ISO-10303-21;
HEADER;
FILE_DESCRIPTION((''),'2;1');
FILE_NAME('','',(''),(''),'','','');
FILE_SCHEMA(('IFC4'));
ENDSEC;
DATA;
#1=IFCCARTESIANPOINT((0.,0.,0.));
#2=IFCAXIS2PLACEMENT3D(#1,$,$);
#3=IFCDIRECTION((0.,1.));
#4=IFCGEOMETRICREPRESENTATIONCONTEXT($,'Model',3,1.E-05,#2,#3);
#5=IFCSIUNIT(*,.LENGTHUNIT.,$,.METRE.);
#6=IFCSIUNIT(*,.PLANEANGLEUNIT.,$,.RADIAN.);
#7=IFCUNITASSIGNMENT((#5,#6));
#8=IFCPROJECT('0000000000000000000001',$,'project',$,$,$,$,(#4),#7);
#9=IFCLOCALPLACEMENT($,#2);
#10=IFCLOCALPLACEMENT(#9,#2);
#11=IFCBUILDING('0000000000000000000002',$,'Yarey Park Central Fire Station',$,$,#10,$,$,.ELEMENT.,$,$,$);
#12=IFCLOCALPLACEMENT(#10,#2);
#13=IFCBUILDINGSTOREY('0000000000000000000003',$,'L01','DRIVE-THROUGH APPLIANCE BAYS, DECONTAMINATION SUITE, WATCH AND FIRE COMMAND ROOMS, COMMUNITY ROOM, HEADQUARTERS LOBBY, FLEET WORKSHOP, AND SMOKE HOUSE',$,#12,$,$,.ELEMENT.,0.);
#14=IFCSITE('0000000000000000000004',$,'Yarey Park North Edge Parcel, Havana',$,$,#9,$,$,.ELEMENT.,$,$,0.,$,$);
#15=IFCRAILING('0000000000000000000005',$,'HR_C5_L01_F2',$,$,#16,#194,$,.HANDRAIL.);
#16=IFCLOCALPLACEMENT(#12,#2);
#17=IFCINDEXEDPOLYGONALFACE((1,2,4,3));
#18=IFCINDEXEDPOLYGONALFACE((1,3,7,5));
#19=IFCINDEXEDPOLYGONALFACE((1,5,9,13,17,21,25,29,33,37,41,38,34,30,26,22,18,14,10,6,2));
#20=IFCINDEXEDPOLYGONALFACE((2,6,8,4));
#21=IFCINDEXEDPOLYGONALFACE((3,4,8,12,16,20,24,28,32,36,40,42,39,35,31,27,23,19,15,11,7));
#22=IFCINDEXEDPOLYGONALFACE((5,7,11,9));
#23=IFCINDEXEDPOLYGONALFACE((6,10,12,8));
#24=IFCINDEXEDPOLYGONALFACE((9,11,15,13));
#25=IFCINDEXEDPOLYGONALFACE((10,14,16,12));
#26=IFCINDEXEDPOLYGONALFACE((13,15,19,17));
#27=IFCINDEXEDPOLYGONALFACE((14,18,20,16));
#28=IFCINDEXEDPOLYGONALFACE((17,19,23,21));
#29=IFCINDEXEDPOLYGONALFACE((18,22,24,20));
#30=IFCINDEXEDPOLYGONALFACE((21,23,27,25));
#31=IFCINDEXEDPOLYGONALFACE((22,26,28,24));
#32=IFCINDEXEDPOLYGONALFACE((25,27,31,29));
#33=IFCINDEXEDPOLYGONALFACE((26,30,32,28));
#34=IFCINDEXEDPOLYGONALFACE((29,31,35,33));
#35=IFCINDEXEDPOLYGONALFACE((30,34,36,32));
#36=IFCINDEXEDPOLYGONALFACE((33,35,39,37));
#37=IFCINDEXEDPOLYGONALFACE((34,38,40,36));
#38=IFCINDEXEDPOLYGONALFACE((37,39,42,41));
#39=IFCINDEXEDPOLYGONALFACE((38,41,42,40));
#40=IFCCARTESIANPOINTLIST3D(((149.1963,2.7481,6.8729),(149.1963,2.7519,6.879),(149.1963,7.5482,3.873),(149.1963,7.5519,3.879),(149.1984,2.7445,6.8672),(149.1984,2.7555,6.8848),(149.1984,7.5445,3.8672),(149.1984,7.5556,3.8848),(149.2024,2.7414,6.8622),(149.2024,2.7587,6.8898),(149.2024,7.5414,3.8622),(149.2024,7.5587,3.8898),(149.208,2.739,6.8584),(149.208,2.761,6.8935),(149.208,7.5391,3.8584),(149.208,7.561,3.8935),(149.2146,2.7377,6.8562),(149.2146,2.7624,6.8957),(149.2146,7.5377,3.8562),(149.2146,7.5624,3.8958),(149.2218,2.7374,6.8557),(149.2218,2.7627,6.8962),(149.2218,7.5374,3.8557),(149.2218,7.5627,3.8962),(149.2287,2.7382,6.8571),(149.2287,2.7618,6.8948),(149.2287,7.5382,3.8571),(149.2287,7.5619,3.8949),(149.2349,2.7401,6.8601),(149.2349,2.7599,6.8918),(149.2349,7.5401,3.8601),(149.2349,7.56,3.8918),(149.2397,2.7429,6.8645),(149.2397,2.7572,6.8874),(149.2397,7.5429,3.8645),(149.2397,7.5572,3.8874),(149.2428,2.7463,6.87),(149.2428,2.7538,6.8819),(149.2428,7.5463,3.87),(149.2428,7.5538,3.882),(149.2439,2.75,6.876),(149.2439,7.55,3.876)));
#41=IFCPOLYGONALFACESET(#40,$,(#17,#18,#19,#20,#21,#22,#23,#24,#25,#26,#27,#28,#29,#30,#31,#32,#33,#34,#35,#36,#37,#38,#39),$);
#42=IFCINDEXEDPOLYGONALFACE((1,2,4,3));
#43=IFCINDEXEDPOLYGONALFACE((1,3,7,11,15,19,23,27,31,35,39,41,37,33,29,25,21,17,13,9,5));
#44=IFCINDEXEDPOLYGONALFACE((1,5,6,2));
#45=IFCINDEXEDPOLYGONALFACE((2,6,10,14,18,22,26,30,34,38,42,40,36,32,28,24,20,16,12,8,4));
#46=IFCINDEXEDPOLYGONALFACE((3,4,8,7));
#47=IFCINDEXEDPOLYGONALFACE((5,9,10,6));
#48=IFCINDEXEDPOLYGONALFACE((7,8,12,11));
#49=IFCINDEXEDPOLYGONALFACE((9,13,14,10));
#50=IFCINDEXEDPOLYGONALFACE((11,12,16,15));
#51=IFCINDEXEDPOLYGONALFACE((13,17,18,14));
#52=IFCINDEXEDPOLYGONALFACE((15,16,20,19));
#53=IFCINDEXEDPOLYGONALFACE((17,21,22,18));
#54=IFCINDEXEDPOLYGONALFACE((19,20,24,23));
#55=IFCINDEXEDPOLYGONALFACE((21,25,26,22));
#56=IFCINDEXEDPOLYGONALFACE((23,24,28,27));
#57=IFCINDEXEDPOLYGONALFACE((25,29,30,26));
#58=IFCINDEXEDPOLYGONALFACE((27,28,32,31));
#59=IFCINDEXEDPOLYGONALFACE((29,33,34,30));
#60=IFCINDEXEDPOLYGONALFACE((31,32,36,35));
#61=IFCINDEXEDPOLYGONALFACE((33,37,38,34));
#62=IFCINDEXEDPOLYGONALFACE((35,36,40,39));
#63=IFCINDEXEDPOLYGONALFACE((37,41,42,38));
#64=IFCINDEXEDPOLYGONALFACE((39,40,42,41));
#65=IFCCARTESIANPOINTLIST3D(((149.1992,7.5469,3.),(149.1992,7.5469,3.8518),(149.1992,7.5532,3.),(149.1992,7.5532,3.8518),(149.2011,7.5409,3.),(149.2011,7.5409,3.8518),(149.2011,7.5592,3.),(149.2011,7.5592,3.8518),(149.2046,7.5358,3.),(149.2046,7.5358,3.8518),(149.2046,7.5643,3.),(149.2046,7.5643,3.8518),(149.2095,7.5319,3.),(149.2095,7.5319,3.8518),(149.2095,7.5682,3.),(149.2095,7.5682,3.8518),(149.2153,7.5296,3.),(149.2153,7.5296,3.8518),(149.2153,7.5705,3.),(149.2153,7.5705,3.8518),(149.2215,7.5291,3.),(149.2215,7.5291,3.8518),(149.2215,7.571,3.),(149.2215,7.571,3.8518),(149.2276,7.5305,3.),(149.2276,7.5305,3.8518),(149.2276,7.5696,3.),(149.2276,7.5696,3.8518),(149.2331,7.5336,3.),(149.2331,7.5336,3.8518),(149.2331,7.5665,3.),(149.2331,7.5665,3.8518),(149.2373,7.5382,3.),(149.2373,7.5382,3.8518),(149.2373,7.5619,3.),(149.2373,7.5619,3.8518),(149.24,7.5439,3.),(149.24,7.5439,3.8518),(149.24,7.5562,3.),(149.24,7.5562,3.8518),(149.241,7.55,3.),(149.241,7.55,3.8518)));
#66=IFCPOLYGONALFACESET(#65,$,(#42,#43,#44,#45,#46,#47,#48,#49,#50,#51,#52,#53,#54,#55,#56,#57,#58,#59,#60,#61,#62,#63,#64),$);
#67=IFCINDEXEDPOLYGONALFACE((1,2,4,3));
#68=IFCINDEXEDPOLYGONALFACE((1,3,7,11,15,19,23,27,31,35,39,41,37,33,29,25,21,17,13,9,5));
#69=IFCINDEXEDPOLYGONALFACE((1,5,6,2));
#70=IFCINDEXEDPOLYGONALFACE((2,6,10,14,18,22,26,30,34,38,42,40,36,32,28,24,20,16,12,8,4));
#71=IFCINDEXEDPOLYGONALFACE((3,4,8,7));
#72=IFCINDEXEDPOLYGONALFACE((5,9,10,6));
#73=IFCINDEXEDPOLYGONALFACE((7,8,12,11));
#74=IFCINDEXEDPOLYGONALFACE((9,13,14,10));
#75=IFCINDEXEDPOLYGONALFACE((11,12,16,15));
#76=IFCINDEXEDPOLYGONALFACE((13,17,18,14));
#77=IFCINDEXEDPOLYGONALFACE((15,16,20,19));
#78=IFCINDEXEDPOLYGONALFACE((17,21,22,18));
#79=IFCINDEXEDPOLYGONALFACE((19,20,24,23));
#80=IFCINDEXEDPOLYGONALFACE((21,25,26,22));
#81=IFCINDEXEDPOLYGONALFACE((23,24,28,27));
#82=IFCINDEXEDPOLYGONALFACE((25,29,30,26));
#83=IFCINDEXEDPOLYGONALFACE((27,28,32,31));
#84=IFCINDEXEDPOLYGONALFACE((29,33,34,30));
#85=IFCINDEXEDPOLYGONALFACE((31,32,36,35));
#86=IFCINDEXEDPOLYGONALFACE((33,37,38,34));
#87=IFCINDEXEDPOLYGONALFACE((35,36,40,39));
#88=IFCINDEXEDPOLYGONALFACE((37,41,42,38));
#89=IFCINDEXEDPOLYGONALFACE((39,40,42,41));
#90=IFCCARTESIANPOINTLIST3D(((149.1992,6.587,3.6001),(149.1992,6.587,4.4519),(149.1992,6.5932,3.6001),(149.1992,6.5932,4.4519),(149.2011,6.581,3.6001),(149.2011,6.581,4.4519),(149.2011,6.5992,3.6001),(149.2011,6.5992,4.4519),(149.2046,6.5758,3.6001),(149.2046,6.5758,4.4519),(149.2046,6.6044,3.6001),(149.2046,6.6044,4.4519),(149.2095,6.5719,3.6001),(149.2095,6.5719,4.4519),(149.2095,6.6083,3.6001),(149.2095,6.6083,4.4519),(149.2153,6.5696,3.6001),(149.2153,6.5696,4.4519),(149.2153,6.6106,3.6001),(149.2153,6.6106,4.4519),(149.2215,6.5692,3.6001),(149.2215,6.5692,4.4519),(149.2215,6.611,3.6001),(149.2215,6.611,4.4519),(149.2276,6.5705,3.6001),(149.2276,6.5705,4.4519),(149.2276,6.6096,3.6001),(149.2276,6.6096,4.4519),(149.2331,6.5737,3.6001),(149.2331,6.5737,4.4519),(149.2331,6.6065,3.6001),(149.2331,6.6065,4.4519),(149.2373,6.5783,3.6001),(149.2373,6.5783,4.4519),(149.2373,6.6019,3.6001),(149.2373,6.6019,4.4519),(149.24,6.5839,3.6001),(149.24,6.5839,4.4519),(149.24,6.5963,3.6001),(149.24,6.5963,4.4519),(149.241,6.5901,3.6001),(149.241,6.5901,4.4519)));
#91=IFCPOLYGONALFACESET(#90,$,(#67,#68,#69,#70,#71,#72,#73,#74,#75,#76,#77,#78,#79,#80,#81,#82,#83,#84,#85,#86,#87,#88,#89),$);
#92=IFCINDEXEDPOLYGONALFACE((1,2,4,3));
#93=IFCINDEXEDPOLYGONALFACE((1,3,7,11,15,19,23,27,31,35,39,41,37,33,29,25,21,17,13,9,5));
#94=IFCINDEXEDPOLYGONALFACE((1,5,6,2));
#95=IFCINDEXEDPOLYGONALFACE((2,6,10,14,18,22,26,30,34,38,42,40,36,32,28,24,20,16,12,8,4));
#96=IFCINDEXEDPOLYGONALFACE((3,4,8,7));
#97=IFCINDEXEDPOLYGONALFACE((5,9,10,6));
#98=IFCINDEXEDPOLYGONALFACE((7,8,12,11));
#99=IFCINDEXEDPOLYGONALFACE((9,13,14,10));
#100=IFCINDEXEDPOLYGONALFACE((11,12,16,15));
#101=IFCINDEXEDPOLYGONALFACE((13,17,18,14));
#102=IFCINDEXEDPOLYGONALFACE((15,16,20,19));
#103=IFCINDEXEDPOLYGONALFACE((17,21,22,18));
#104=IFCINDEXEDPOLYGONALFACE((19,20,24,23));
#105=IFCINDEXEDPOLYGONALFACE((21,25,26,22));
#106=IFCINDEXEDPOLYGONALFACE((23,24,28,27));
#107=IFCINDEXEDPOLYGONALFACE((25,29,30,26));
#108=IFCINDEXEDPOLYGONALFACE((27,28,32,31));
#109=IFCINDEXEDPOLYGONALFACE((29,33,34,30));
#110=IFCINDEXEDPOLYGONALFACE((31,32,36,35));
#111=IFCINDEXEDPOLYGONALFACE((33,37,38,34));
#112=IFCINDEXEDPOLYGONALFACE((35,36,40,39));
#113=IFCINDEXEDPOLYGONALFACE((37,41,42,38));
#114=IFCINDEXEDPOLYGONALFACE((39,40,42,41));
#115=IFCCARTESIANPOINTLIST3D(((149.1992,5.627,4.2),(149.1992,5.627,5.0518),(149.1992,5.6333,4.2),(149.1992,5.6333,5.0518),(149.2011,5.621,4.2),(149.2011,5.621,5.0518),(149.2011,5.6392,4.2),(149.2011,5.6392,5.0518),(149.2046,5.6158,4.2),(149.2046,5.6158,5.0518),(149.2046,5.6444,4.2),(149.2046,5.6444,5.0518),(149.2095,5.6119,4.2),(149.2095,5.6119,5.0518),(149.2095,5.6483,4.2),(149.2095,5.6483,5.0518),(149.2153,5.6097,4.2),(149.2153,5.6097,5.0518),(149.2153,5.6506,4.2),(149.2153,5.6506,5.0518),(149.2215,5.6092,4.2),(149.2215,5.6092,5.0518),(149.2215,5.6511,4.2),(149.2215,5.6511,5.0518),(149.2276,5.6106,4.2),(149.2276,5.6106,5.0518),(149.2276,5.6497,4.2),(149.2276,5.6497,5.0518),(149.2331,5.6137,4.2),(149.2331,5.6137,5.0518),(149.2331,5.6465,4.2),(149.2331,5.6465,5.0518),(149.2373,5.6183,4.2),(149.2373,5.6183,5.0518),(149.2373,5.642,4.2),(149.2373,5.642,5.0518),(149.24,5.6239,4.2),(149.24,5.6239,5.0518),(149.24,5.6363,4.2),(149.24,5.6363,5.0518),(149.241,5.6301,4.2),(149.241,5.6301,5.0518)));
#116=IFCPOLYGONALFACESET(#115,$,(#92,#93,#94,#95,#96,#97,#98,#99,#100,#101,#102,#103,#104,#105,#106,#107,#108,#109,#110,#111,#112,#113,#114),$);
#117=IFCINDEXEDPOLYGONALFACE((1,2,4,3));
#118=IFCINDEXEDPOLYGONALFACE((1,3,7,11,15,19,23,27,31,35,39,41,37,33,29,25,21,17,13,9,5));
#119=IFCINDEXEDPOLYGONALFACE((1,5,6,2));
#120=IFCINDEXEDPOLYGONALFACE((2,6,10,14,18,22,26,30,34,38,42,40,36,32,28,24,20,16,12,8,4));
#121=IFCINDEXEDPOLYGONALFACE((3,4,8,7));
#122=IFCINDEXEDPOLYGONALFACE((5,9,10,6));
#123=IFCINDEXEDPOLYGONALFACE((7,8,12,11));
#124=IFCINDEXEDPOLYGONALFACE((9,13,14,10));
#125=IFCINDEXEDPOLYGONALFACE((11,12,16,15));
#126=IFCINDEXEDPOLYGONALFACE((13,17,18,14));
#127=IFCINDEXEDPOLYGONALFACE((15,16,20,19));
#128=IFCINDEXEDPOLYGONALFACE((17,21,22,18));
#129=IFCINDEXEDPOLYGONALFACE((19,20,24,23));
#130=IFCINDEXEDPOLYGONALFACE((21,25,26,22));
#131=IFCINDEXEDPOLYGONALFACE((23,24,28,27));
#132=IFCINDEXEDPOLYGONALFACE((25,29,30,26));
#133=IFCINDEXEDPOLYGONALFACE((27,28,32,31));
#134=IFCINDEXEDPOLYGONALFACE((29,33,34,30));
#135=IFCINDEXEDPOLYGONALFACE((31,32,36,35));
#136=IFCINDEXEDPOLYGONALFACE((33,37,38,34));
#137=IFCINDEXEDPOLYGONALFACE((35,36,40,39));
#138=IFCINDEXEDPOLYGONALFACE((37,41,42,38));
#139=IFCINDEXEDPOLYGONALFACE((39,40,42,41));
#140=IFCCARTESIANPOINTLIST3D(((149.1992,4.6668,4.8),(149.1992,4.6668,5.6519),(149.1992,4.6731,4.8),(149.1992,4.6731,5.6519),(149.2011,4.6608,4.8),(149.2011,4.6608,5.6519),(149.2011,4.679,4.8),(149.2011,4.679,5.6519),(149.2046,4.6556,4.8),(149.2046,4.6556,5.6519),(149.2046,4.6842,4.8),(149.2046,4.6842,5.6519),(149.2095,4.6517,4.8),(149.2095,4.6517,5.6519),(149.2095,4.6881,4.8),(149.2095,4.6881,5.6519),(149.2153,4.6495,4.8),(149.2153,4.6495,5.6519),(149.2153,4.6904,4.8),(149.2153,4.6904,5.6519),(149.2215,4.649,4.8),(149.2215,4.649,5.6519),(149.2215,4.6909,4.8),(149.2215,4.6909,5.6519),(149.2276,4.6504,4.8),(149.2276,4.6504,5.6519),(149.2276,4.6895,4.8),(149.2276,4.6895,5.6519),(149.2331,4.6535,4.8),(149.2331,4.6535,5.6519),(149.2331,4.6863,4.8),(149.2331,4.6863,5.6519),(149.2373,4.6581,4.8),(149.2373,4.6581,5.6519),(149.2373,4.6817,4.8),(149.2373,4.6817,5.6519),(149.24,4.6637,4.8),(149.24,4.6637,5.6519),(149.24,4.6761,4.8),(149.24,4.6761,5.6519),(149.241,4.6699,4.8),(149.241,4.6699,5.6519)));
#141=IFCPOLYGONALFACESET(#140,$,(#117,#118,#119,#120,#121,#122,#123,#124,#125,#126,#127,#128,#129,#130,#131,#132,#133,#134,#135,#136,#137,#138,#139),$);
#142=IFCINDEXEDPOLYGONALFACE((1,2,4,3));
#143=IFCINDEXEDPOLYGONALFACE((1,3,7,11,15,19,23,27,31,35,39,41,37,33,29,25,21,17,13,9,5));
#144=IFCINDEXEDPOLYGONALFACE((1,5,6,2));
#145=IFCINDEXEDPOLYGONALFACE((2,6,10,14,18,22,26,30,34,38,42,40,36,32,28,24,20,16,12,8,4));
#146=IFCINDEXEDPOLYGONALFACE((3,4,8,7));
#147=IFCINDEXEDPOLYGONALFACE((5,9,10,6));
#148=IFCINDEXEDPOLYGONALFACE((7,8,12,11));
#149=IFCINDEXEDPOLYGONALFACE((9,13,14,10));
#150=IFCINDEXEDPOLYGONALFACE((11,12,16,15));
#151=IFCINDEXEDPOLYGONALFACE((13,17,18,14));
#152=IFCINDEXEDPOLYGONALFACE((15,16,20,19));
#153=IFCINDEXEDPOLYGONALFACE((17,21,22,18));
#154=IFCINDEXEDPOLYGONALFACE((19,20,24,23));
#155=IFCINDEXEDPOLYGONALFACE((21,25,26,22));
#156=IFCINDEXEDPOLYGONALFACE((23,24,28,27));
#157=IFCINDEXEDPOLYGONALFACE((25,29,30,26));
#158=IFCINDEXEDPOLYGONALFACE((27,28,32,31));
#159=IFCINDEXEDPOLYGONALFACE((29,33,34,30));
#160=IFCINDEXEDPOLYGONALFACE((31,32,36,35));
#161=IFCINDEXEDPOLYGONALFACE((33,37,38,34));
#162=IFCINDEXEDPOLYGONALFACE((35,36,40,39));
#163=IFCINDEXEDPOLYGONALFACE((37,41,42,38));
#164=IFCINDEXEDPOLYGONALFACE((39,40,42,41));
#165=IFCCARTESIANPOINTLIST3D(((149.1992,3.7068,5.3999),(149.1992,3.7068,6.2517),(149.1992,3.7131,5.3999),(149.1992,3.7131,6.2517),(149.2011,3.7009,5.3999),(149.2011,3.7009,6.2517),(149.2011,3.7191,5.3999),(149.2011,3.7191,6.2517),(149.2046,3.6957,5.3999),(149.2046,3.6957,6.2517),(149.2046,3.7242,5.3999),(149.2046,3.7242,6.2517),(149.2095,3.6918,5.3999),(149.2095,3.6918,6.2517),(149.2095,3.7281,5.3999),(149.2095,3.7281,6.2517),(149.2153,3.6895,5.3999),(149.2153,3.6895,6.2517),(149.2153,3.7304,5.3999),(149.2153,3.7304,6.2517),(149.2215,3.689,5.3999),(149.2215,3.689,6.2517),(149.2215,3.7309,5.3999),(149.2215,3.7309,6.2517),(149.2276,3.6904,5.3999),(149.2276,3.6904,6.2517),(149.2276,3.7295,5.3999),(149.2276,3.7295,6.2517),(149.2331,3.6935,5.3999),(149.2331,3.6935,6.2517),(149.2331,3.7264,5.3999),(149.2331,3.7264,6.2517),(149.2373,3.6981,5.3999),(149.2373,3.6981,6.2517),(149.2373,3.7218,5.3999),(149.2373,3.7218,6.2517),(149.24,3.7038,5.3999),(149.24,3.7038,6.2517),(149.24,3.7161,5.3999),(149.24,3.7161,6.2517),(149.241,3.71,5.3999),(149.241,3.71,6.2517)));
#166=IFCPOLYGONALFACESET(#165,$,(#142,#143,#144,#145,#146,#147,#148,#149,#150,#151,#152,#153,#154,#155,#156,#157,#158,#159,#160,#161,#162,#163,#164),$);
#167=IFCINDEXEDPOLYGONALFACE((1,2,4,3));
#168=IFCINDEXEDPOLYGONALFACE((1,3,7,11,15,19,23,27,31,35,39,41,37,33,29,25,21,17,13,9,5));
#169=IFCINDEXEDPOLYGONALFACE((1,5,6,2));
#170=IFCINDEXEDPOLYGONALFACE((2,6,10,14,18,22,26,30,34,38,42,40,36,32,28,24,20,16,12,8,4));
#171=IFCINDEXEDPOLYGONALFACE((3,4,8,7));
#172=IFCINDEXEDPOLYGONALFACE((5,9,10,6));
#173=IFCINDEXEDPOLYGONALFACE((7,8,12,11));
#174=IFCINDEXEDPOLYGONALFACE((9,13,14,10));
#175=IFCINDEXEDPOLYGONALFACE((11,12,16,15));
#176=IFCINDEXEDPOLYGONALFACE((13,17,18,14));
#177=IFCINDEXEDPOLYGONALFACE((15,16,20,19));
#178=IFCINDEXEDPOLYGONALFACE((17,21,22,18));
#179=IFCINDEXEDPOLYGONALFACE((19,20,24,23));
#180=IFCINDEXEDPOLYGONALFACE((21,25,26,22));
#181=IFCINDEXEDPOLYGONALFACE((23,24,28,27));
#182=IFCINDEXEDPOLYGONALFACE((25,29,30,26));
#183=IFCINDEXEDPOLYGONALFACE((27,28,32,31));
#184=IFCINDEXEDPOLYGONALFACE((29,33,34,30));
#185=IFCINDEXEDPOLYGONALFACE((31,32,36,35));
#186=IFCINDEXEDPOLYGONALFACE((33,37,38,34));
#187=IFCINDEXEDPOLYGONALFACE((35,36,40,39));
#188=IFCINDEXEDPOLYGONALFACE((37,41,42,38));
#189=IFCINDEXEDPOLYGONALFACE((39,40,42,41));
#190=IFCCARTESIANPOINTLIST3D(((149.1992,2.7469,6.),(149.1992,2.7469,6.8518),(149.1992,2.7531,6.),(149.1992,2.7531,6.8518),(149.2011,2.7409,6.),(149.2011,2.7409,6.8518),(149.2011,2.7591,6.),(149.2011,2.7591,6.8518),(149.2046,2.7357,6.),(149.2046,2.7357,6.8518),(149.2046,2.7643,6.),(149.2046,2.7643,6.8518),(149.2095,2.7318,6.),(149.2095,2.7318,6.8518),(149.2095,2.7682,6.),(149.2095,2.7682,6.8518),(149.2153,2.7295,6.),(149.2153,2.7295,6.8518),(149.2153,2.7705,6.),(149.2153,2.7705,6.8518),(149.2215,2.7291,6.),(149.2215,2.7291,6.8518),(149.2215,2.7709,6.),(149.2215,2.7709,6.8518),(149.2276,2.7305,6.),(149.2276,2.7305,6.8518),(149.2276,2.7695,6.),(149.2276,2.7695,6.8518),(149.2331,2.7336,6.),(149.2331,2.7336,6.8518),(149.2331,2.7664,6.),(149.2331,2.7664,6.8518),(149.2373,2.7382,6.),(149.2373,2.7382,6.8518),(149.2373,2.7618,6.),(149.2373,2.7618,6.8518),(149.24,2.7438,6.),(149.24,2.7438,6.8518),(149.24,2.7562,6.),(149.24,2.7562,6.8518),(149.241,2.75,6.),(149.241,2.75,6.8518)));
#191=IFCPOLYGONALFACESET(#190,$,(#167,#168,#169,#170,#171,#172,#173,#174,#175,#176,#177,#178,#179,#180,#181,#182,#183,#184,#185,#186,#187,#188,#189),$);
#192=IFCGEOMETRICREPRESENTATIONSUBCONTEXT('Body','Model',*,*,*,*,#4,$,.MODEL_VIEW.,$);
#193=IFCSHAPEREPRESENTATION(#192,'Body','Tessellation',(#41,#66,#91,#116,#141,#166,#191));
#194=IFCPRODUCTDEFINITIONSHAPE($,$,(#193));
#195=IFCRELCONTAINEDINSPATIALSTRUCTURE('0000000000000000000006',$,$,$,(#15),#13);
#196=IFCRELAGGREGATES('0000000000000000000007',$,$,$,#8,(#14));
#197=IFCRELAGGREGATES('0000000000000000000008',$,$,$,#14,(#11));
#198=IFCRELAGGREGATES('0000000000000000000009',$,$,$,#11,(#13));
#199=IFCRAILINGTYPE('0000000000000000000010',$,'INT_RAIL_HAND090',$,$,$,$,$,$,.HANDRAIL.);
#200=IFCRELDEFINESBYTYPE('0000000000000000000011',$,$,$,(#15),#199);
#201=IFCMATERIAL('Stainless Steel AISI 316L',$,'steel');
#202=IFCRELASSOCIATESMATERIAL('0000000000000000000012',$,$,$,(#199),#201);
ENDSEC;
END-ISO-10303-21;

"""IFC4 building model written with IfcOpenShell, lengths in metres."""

from ifc_helpers import new_model, si_unit, direction, frame, origin, origin_2d, place, context, subcontext, project, spatial, circle, extrude, material, type_object, element, save


model = new_model("IFC4")

# Units and contexts
model_context = context("Model", 3, precision=1e-05, world=origin(), true_north=direction((0.0, 1.0)))
body_context = subcontext(model_context, "Body", "Model", "MODEL_VIEW")
ifc_project = project(units=[si_unit("LENGTHUNIT", "METRE"), si_unit("PLANEANGLEUNIT", "RADIAN")], contexts=[model_context])

# Site, building, storey
site_placement = place(None, origin())
site = spatial("IfcSite", under=ifc_project, at=site_placement, Name="Yarey Park North Edge Parcel, Havana", CompositionType="ELEMENT", RefElevation=0.0)
building_placement = place(site_placement, origin())
building = spatial("IfcBuilding", under=site, at=building_placement, Name="Yarey Park Central Fire Station", CompositionType="ELEMENT")
storey_placement = place(building_placement, origin())
storey = spatial("IfcBuildingStorey", under=building, at=storey_placement, Name="L01", Description="DRIVE-THROUGH APPLIANCE BAYS, DECONTAMINATION SUITE, WATCH AND FIRE COMMAND ROOMS, COMMUNITY ROOM, HEADQUARTERS LOBBY, FLEET WORKSHOP, AND SMOKE HOUSE", CompositionType="ELEMENT", Elevation=0.0)

# Railing
ifc_material_1 = material(Name="Stainless Steel AISI 316L", Category="steel")
railing_type_1 = type_object("IfcRailingType", Name="INT_RAIL_HAND090", PredefinedType="HANDRAIL", material=ifc_material_1)
railing_1_placement = place(storey_placement, frame((149.22, 7.55, 3.0)))
element("IfcRailing", 1, at=railing_1_placement, inside=storey, type_object=railing_type_1, Name="HR_C5_L01_F2", PredefinedType="HANDRAIL", context=body_context, shape_type="SweptSolid", body=[
    extrude(circle(Radius=0.0239, at=origin_2d()), frame((0.0, 0.0, 0.876), z_axis=(0.0, -0.848001, 0.529995), x_axis=(1.0, 0.0, 0.0)), (0.0, 0.0, 1.0), 5.6604),
    extrude(circle(Radius=0.021, at=origin_2d()), origin(), (0.0, 0.0, 1.0), 0.8518),
    extrude(circle(Radius=0.021, at=origin_2d()), frame((0.0, -0.96, 0.6001)), (0.0, 0.0, 1.0), 0.8518),
    extrude(circle(Radius=0.021, at=origin_2d()), frame((0.0, -1.9199, 1.2)), (0.0, 0.0, 1.0), 0.8518),
    extrude(circle(Radius=0.021, at=origin_2d()), frame((0.0, -2.8801, 1.8)), (0.0, 0.0, 1.0), 0.8518),
    extrude(circle(Radius=0.021, at=origin_2d()), frame((0.0, -3.8401, 2.3999)), (0.0, 0.0, 1.0), 0.8518),
    extrude(circle(Radius=0.021, at=origin_2d()), frame((0.0, -4.8, 3.0)), (0.0, 0.0, 1.0), 0.8518),
])

save(model, "model.ifc")
